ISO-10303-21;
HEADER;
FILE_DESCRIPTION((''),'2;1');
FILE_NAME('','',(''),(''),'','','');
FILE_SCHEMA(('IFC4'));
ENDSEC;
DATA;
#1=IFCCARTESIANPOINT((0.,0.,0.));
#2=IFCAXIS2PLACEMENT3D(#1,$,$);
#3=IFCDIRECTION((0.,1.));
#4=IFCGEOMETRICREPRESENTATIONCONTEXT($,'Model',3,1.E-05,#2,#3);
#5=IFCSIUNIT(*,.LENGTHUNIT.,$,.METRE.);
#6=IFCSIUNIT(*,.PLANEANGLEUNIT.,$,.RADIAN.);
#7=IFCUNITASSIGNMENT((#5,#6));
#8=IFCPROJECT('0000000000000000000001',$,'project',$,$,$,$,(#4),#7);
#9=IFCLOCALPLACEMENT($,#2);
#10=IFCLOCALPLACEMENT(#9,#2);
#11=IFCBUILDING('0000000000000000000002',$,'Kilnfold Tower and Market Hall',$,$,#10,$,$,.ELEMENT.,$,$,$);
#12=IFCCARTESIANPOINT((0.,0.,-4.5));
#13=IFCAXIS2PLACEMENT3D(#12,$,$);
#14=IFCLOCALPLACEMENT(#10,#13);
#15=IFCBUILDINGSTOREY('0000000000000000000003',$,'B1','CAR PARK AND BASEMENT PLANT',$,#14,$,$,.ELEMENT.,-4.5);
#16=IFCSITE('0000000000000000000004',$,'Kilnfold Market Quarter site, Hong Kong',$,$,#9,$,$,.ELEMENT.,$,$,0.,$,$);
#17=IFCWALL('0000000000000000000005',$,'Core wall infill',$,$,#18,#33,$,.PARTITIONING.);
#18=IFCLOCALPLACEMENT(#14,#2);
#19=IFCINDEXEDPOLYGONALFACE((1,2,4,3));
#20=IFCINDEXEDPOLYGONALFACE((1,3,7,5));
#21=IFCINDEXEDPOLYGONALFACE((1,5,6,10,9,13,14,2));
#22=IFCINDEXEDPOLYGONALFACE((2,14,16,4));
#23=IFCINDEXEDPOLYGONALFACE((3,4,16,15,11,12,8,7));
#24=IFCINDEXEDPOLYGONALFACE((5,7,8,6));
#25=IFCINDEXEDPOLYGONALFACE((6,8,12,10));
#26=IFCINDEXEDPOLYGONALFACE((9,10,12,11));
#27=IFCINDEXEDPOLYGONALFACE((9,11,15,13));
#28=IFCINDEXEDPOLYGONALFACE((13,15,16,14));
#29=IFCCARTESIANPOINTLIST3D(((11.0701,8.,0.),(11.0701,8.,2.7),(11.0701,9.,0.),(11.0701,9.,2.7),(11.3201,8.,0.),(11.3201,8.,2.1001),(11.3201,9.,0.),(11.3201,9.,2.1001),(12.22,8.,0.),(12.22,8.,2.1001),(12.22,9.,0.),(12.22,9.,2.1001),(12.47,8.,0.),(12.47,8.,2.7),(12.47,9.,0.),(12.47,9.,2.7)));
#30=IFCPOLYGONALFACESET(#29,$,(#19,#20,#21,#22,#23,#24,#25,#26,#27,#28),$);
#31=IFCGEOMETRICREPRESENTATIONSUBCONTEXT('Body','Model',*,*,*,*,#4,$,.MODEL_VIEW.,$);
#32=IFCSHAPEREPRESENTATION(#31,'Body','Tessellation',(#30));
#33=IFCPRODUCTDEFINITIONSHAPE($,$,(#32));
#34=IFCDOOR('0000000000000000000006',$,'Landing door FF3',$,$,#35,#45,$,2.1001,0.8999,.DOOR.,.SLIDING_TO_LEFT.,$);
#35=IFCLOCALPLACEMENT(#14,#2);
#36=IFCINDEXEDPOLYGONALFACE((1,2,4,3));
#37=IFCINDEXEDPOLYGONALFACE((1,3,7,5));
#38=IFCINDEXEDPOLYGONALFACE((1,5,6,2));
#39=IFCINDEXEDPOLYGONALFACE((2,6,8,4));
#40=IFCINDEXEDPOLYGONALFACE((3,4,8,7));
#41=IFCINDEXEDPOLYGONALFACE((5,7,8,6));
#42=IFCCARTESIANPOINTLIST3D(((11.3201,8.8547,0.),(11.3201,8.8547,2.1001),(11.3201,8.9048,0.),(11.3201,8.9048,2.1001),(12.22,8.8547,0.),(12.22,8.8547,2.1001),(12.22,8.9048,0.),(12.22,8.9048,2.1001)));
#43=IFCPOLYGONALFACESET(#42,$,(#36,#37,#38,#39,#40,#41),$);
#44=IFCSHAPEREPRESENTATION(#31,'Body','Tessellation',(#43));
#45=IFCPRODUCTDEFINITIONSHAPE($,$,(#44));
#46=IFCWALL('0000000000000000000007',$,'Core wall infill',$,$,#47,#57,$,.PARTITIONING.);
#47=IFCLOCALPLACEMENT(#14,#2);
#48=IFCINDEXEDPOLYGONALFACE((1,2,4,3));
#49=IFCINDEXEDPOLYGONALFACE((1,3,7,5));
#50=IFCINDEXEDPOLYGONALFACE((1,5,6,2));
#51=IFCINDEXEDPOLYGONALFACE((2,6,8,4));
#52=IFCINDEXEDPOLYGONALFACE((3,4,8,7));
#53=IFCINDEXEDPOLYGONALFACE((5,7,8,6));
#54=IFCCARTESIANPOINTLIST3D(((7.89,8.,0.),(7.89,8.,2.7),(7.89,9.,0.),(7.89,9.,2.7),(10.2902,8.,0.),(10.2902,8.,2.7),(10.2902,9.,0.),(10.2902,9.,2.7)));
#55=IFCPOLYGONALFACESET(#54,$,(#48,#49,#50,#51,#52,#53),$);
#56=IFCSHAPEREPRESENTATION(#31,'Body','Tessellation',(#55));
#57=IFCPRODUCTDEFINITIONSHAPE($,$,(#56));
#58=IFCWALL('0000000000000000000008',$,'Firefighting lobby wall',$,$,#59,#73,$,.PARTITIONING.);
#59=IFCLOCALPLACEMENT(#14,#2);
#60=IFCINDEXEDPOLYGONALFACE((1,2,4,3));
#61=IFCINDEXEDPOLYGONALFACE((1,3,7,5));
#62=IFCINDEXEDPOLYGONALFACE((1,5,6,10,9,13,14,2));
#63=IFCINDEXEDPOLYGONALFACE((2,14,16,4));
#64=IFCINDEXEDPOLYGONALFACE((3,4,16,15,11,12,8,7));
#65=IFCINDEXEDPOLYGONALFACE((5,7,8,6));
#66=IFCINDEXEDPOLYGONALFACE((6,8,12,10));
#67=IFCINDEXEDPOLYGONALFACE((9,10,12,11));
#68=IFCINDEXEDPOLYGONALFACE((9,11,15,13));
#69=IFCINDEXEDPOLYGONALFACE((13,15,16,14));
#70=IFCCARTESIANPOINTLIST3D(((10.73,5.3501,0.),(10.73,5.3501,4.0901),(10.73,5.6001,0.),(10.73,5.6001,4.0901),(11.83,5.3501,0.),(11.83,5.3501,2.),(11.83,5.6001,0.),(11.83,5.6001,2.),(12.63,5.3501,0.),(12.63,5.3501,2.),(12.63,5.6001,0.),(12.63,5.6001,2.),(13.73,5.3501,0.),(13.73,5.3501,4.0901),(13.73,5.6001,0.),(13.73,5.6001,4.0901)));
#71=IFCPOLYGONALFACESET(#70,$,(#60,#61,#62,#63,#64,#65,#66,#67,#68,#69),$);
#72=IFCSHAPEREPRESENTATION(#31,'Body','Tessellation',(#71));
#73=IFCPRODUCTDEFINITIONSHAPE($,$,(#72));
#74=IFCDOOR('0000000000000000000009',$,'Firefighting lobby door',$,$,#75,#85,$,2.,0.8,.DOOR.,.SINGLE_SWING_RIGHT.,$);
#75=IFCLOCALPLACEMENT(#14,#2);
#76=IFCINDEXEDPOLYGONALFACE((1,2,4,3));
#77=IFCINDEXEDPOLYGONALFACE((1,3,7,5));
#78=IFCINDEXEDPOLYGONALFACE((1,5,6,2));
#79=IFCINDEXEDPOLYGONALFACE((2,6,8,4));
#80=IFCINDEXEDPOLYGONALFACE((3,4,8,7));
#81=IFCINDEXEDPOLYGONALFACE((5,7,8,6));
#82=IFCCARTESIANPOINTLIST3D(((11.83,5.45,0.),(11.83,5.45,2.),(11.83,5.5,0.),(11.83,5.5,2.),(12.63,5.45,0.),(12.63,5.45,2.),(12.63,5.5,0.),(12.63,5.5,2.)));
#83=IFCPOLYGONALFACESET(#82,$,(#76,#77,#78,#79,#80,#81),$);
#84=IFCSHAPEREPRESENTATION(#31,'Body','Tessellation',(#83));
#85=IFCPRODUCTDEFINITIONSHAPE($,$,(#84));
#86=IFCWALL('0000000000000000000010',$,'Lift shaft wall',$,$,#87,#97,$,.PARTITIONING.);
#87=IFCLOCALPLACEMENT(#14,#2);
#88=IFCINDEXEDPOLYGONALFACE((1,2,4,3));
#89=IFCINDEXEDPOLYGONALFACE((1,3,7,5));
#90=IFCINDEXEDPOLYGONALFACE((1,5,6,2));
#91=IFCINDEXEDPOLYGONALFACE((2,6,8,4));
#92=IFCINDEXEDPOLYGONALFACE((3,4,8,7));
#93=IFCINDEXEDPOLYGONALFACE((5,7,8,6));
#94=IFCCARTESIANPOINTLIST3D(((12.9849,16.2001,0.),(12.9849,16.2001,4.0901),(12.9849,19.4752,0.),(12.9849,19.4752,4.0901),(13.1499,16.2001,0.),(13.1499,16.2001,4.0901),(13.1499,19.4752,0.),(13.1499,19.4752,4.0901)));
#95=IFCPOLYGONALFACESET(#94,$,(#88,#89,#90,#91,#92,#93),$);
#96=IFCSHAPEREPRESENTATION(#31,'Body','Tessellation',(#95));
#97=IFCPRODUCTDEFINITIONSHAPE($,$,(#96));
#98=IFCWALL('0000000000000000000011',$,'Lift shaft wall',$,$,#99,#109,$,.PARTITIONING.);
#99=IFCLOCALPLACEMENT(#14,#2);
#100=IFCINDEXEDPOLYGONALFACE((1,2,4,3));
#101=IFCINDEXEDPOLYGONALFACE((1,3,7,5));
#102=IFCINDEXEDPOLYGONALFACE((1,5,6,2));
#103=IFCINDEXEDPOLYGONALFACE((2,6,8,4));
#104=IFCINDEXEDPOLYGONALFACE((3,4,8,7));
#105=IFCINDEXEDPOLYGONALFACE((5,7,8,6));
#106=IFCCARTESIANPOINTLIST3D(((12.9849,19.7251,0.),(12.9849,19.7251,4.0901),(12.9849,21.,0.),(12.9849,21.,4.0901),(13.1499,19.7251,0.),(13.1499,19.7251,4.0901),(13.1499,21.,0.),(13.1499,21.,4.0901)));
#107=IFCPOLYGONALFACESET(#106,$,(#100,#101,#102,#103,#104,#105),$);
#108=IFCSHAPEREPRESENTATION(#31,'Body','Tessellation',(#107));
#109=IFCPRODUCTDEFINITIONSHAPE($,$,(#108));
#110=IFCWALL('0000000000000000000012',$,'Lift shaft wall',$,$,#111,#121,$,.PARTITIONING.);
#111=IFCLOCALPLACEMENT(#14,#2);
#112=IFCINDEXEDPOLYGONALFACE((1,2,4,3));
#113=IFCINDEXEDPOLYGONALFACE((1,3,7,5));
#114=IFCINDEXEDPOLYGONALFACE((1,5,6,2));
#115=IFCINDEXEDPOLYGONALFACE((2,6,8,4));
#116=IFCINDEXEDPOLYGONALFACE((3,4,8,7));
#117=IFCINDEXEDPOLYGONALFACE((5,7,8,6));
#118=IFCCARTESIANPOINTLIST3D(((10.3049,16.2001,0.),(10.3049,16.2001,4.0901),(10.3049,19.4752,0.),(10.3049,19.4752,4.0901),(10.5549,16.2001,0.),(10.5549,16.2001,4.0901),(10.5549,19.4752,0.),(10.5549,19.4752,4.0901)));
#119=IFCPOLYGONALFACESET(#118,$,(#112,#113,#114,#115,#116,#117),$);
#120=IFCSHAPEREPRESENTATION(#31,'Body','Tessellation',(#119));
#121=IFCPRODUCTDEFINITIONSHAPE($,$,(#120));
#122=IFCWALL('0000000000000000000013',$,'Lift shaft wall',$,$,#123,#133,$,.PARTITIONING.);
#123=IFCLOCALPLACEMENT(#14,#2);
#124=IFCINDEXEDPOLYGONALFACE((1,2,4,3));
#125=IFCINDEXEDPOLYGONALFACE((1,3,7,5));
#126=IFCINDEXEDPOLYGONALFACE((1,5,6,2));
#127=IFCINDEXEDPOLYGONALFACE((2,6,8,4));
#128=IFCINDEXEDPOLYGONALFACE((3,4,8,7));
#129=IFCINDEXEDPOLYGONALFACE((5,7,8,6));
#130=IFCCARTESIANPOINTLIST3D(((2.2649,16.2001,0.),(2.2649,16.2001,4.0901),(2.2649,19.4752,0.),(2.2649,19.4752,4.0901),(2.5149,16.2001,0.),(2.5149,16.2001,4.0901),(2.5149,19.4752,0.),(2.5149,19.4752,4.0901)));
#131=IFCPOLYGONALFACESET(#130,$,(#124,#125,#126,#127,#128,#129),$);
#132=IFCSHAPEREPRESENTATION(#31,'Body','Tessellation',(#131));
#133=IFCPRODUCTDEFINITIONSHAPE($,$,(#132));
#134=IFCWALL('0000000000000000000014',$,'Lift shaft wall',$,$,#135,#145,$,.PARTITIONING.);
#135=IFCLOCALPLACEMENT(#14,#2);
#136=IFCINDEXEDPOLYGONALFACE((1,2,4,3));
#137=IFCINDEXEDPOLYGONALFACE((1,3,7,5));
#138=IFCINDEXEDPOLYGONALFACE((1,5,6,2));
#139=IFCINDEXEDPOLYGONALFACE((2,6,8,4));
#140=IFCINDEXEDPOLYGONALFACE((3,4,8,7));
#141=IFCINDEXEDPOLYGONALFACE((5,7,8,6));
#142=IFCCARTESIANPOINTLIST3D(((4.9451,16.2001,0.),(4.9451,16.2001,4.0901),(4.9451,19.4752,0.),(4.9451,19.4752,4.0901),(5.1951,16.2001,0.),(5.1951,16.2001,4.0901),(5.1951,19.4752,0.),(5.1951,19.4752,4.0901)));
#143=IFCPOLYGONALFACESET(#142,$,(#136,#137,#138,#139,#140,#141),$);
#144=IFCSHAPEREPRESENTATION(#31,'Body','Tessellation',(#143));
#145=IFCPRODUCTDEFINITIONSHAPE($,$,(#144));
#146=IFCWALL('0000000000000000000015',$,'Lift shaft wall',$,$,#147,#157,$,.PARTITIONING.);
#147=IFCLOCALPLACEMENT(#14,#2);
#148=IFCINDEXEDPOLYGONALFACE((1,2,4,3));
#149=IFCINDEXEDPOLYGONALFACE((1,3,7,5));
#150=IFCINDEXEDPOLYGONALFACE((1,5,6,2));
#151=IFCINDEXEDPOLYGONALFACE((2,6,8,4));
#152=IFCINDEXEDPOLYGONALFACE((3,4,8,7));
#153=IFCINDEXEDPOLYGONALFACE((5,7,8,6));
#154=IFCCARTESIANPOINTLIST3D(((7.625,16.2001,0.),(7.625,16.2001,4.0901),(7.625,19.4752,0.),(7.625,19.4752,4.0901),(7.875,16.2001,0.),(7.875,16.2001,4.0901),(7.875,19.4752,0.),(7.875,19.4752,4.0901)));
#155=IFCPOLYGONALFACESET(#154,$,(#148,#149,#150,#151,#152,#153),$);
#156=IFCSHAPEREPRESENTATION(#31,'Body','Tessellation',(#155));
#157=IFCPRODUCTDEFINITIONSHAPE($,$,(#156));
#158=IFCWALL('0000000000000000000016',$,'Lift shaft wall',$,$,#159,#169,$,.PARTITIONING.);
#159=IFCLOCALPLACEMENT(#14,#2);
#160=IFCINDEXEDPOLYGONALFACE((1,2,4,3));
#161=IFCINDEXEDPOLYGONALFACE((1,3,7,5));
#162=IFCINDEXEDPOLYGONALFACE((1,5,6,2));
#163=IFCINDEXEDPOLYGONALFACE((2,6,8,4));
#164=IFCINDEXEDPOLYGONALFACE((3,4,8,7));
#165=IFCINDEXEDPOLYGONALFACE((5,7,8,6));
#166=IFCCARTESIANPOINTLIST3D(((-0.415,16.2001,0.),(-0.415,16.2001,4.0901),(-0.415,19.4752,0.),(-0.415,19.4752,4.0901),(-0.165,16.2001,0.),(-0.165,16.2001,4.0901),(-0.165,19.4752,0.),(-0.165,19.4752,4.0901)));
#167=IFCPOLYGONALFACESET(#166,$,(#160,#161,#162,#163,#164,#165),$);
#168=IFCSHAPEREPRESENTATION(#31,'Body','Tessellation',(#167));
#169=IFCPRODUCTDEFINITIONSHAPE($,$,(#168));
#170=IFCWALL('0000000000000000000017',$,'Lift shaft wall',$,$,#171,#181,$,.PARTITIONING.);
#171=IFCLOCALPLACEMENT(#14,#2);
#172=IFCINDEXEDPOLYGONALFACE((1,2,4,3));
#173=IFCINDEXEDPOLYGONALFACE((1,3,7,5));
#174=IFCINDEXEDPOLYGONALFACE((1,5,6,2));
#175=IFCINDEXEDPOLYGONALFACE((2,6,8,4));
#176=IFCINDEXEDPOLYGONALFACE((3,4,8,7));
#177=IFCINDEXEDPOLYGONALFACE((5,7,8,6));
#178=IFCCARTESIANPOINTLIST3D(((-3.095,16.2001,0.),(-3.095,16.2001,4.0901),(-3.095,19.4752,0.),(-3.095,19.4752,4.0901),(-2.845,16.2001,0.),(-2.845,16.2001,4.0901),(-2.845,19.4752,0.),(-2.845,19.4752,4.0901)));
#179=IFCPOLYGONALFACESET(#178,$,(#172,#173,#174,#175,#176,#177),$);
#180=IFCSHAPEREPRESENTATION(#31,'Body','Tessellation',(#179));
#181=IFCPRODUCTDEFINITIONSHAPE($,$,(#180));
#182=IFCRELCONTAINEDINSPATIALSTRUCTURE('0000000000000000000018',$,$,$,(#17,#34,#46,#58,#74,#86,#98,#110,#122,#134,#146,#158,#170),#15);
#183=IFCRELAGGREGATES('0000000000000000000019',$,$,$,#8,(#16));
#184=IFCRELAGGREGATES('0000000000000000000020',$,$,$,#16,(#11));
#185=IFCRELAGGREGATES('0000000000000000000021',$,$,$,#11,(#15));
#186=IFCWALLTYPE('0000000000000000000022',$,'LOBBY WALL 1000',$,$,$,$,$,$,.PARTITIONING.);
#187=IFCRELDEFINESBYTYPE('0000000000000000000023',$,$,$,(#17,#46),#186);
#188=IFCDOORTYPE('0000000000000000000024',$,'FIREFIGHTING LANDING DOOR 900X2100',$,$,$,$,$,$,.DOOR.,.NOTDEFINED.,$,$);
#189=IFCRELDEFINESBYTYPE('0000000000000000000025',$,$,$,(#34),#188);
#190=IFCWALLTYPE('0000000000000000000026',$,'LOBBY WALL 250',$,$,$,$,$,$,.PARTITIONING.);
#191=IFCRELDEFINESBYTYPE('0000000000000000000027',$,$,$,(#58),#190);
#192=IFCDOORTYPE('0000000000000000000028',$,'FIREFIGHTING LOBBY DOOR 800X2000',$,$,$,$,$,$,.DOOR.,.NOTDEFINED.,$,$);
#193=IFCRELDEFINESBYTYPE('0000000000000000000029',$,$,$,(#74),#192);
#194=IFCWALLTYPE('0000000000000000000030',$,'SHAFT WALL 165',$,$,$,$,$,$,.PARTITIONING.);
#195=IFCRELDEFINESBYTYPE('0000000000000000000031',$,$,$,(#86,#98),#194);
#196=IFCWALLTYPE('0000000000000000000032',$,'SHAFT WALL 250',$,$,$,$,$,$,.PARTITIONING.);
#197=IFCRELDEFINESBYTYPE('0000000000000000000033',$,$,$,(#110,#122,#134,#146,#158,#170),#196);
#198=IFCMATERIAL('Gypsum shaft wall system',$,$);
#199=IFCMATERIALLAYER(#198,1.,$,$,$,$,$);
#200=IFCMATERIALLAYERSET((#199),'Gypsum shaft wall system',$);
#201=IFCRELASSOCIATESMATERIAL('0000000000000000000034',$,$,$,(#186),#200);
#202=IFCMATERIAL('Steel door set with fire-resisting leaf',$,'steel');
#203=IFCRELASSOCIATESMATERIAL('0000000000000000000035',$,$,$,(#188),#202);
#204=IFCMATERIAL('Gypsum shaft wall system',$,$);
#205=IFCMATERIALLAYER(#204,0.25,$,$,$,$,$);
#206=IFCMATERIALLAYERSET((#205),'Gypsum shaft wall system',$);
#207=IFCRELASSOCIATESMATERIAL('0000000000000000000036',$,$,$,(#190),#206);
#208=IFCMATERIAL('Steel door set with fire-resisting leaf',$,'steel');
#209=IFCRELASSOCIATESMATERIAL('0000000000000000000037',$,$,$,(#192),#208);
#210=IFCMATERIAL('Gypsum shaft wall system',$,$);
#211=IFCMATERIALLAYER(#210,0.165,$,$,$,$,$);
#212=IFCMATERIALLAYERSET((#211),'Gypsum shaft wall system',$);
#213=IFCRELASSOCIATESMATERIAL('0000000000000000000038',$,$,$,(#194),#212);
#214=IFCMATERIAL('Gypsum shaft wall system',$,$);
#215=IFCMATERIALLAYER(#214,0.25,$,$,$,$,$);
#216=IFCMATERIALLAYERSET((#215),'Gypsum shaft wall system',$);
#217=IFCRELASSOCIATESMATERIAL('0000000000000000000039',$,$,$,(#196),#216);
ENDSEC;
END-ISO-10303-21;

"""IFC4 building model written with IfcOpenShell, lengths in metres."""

from ifc_helpers import new_model, si_unit, direction, frame, frame_2d, origin, place, context, subcontext, project, spatial, rectangle, extrude, source, transform, mapped, material, layer, layer_set, type_object, element, fill, save


model = new_model("IFC4")

# Units and contexts
model_context = context("Model", 3, precision=1e-05, world=origin(), true_north=direction((0.0, 1.0)))
body_context = subcontext(model_context, "Body", "Model", "MODEL_VIEW")
ifc_project = project(units=[si_unit("LENGTHUNIT", "METRE"), si_unit("PLANEANGLEUNIT", "RADIAN")], contexts=[model_context])

# Site, building, storey
site_placement = place(None, origin())
site = spatial("IfcSite", under=ifc_project, at=site_placement, Name="Kilnfold Market Quarter site, Hong Kong", CompositionType="ELEMENT", RefElevation=0.0)
building_placement = place(site_placement, origin())
building = spatial("IfcBuilding", under=site, at=building_placement, Name="Kilnfold Tower and Market Hall", CompositionType="ELEMENT")
storey_placement = place(building_placement, frame((0.0, 0.0, -4.5)))
storey = spatial("IfcBuildingStorey", under=building, at=storey_placement, Name="B1", Description="CAR PARK AND BASEMENT PLANT", CompositionType="ELEMENT", Elevation=-4.5)

# Wall, opening, door
ifc_material_1 = material(Name="Gypsum shaft wall system")
ifc_layer_1 = layer(ifc_material_1, 1.0)
ifc_layer_set_1 = layer_set([ifc_layer_1], Name="Gypsum shaft wall system")
wall_type_1 = type_object("IfcWallType", Name="LOBBY WALL 1000", PredefinedType="PARTITIONING", material=ifc_layer_set_1)
shared_shape_1 = source(origin(), body_context, "Body", "SweptSolid", [
    extrude(rectangle(XDim=1.3999, YDim=1.0, at=frame_2d((0.7, 0.0))), origin(), (0.0, 0.0, 1.0), 2.7),
])
wall_1_placement = place(storey_placement, frame((11.0701, 8.5, 0.0), z_axis=(0.0, 0.0, 1.0), x_axis=(1.0, 0.0, 0.0)))
wall_1 = element("IfcWall", 1, at=wall_1_placement, inside=storey, type_object=wall_type_1, Name="Core wall infill", PredefinedType="PARTITIONING", context=body_context, shape_type="MappedRepresentation", body=[
    mapped(shared_shape_1, transform((0.0, 0.0, 0.0))),
])
opening_1_placement = place(wall_1_placement, frame((0.25, 0.0, 0.0)))
opening_1 = element("IfcOpeningElement", 2, at=opening_1_placement, cuts=wall_1, PredefinedType="OPENING", context=body_context, shape_type="SweptSolid", body=[
    extrude(rectangle(XDim=0.8999, YDim=2.1001, at=frame_2d((0.45, 1.05))), frame((0.0, 0.51, 0.0), z_axis=(0.0, -1.0, 0.0), x_axis=(1.0, 0.0, 0.0)), (0.0, 0.0, 1.0), 1.02),
])
ifc_material_2 = material(Name="Steel door set with fire-resisting leaf", Category="steel")
door_type_1 = type_object("IfcDoorType", Name="FIREFIGHTING LANDING DOOR 900X2100", OperationType="NOTDEFINED", PredefinedType="DOOR", material=ifc_material_2)
door_1_placement = place(opening_1_placement, origin())
door_1 = element("IfcDoor", 3, at=door_1_placement, inside=storey, type_object=door_type_1, Name="Landing door FF3", OperationType="SLIDING_TO_LEFT", OverallHeight=2.1001, OverallWidth=0.8999, PredefinedType="DOOR", context=body_context, shape_type="SweptSolid", body=[
    extrude(rectangle(XDim=0.8999, YDim=2.1001, at=frame_2d((0.45, 1.05))), frame((0.0, 0.4048, 0.0), z_axis=(0.0, -1.0, 0.0), x_axis=(1.0, 0.0, 0.0)), (0.0, 0.0, 1.0), 0.05),
])
fill(opening_1, door_1)

# Wall
shared_shape_2 = source(origin(), body_context, "Body", "SweptSolid", [
    extrude(rectangle(XDim=2.4001, YDim=1.0, at=frame_2d((1.2002, 0.0))), origin(), (0.0, 0.0, 1.0), 2.7),
])
wall_2_placement = place(storey_placement, frame((7.8899, 8.5, 0.0), z_axis=(0.0, 0.0, 1.0), x_axis=(1.0, 0.0, 0.0)))
element("IfcWall", 4, at=wall_2_placement, inside=storey, type_object=wall_type_1, Name="Core wall infill", PredefinedType="PARTITIONING", context=body_context, shape_type="MappedRepresentation", body=[
    mapped(shared_shape_2, transform((0.0, 0.0, 0.0))),
])

# Wall, opening, door
ifc_material_3 = material(Name="Gypsum shaft wall system")
ifc_layer_2 = layer(ifc_material_3, 0.25)
ifc_layer_set_2 = layer_set([ifc_layer_2], Name="Gypsum shaft wall system")
wall_type_2 = type_object("IfcWallType", Name="LOBBY WALL 250", PredefinedType="PARTITIONING", material=ifc_layer_set_2)
shared_shape_3 = source(origin(), body_context, "Body", "SweptSolid", [
    extrude(rectangle(XDim=3.0, YDim=0.25, at=frame_2d((1.5, 0.0))), origin(), (0.0, 0.0, 1.0), 4.0901),
])
wall_3_placement = place(storey_placement, frame((10.73, 5.4751, 0.0), z_axis=(0.0, 0.0, 1.0), x_axis=(1.0, 0.0, 0.0)))
wall_3 = element("IfcWall", 5, at=wall_3_placement, inside=storey, type_object=wall_type_2, Name="Firefighting lobby wall", PredefinedType="PARTITIONING", context=body_context, shape_type="MappedRepresentation", body=[
    mapped(shared_shape_3, transform((0.0, 0.0, 0.0))),
])
opening_2_placement = place(wall_3_placement, frame((1.1001, 0.0, 0.0)))
opening_2 = element("IfcOpeningElement", 6, at=opening_2_placement, cuts=wall_3, PredefinedType="OPENING", context=body_context, shape_type="SweptSolid", body=[
    extrude(rectangle(XDim=0.8, YDim=2.0, at=frame_2d((0.3999, 1.0))), frame((0.0, 0.135, 0.0), z_axis=(0.0, -1.0, 0.0), x_axis=(1.0, 0.0, 0.0)), (0.0, 0.0, 1.0), 0.27),
])
ifc_material_4 = material(Name="Steel door set with fire-resisting leaf", Category="steel")
door_type_2 = type_object("IfcDoorType", Name="FIREFIGHTING LOBBY DOOR 800X2000", OperationType="NOTDEFINED", PredefinedType="DOOR", material=ifc_material_4)
door_2_placement = place(opening_2_placement, origin())
door_2 = element("IfcDoor", 7, at=door_2_placement, inside=storey, type_object=door_type_2, Name="Firefighting lobby door", OperationType="SINGLE_SWING_RIGHT", OverallHeight=2.0, OverallWidth=0.8, PredefinedType="DOOR", context=body_context, shape_type="SweptSolid", body=[
    extrude(rectangle(XDim=0.8, YDim=2.0, at=frame_2d((0.3999, 1.0))), frame((0.0, 0.0249, 0.0), z_axis=(0.0, -1.0, 0.0), x_axis=(1.0, 0.0, 0.0)), (0.0, 0.0, 1.0), 0.05),
])
fill(opening_2, door_2)

# Walls
ifc_material_5 = material(Name="Gypsum shaft wall system")
ifc_layer_3 = layer(ifc_material_5, 0.165)
ifc_layer_set_3 = layer_set([ifc_layer_3], Name="Gypsum shaft wall system")
wall_type_3 = type_object("IfcWallType", Name="SHAFT WALL 165", PredefinedType="PARTITIONING", material=ifc_layer_set_3)
shared_shape_4 = source(origin(), body_context, "Body", "SweptSolid", [
    extrude(rectangle(XDim=3.2751, YDim=0.165, at=frame_2d((1.6377, 0.0))), origin(), (0.0, 0.0, 1.0), 4.0901),
])
wall_4_placement = place(storey_placement, frame((13.0674, 16.2, 0.0), z_axis=(0.0, 0.0, 1.0), x_axis=(0.0, 1.0, 0.0)))
element("IfcWall", 8, at=wall_4_placement, inside=storey, type_object=wall_type_3, Name="Lift shaft wall", PredefinedType="PARTITIONING", context=body_context, shape_type="MappedRepresentation", body=[
    mapped(shared_shape_4, transform((0.0, 0.0, 0.0))),
])
shared_shape_5 = source(origin(), body_context, "Body", "SweptSolid", [
    extrude(rectangle(XDim=1.2749, YDim=0.165, at=frame_2d((0.6375, 0.0))), origin(), (0.0, 0.0, 1.0), 4.0901),
])
wall_5_placement = place(storey_placement, frame((13.0674, 19.7251, 0.0), z_axis=(0.0, 0.0, 1.0), x_axis=(0.0, 1.0, 0.0)))
element("IfcWall", 9, at=wall_5_placement, inside=storey, type_object=wall_type_3, Name="Lift shaft wall", PredefinedType="PARTITIONING", context=body_context, shape_type="MappedRepresentation", body=[
    mapped(shared_shape_5, transform((0.0, 0.0, 0.0))),
])
ifc_material_6 = material(Name="Gypsum shaft wall system")
ifc_layer_4 = layer(ifc_material_6, 0.25)
ifc_layer_set_4 = layer_set([ifc_layer_4], Name="Gypsum shaft wall system")
wall_type_4 = type_object("IfcWallType", Name="SHAFT WALL 250", PredefinedType="PARTITIONING", material=ifc_layer_set_4)
shared_shape_6 = source(origin(), body_context, "Body", "SweptSolid", [
    extrude(rectangle(XDim=3.2751, YDim=0.25, at=frame_2d((1.6377, 0.0))), origin(), (0.0, 0.0, 1.0), 4.0901),
])
for number, where, z_axis, x_axis, name in (
    (10, (10.4299, 16.2, 0.0), (0.0, 0.0, 1.0), (0.0, 1.0, 0.0), "Lift shaft wall"),
    (11, (2.3899, 16.2, 0.0), (0.0, 0.0, 1.0), (0.0, 1.0, 0.0), "Lift shaft wall"),
    (12, (5.0701, 16.2, 0.0), (0.0, 0.0, 1.0), (0.0, 1.0, 0.0), "Lift shaft wall"),
    (13, (7.75, 16.2, 0.0), (0.0, 0.0, 1.0), (0.0, 1.0, 0.0), "Lift shaft wall"),
    (14, (-0.29, 16.2, 0.0), (0.0, 0.0, 1.0), (0.0, 1.0, 0.0), "Lift shaft wall"),
    (15, (-2.97, 16.2, 0.0), (0.0, 0.0, 1.0), (0.0, 1.0, 0.0), "Lift shaft wall"),
):
    element("IfcWall", number, at=place(storey_placement, frame(where, z_axis=z_axis, x_axis=x_axis)), inside=storey, type_object=wall_type_4, Name=name, PredefinedType="PARTITIONING", context=body_context, shape_type="MappedRepresentation", body=[
        mapped(shared_shape_6, transform((0.0, 0.0, 0.0))),
    ])

save(model, "model.ifc")
